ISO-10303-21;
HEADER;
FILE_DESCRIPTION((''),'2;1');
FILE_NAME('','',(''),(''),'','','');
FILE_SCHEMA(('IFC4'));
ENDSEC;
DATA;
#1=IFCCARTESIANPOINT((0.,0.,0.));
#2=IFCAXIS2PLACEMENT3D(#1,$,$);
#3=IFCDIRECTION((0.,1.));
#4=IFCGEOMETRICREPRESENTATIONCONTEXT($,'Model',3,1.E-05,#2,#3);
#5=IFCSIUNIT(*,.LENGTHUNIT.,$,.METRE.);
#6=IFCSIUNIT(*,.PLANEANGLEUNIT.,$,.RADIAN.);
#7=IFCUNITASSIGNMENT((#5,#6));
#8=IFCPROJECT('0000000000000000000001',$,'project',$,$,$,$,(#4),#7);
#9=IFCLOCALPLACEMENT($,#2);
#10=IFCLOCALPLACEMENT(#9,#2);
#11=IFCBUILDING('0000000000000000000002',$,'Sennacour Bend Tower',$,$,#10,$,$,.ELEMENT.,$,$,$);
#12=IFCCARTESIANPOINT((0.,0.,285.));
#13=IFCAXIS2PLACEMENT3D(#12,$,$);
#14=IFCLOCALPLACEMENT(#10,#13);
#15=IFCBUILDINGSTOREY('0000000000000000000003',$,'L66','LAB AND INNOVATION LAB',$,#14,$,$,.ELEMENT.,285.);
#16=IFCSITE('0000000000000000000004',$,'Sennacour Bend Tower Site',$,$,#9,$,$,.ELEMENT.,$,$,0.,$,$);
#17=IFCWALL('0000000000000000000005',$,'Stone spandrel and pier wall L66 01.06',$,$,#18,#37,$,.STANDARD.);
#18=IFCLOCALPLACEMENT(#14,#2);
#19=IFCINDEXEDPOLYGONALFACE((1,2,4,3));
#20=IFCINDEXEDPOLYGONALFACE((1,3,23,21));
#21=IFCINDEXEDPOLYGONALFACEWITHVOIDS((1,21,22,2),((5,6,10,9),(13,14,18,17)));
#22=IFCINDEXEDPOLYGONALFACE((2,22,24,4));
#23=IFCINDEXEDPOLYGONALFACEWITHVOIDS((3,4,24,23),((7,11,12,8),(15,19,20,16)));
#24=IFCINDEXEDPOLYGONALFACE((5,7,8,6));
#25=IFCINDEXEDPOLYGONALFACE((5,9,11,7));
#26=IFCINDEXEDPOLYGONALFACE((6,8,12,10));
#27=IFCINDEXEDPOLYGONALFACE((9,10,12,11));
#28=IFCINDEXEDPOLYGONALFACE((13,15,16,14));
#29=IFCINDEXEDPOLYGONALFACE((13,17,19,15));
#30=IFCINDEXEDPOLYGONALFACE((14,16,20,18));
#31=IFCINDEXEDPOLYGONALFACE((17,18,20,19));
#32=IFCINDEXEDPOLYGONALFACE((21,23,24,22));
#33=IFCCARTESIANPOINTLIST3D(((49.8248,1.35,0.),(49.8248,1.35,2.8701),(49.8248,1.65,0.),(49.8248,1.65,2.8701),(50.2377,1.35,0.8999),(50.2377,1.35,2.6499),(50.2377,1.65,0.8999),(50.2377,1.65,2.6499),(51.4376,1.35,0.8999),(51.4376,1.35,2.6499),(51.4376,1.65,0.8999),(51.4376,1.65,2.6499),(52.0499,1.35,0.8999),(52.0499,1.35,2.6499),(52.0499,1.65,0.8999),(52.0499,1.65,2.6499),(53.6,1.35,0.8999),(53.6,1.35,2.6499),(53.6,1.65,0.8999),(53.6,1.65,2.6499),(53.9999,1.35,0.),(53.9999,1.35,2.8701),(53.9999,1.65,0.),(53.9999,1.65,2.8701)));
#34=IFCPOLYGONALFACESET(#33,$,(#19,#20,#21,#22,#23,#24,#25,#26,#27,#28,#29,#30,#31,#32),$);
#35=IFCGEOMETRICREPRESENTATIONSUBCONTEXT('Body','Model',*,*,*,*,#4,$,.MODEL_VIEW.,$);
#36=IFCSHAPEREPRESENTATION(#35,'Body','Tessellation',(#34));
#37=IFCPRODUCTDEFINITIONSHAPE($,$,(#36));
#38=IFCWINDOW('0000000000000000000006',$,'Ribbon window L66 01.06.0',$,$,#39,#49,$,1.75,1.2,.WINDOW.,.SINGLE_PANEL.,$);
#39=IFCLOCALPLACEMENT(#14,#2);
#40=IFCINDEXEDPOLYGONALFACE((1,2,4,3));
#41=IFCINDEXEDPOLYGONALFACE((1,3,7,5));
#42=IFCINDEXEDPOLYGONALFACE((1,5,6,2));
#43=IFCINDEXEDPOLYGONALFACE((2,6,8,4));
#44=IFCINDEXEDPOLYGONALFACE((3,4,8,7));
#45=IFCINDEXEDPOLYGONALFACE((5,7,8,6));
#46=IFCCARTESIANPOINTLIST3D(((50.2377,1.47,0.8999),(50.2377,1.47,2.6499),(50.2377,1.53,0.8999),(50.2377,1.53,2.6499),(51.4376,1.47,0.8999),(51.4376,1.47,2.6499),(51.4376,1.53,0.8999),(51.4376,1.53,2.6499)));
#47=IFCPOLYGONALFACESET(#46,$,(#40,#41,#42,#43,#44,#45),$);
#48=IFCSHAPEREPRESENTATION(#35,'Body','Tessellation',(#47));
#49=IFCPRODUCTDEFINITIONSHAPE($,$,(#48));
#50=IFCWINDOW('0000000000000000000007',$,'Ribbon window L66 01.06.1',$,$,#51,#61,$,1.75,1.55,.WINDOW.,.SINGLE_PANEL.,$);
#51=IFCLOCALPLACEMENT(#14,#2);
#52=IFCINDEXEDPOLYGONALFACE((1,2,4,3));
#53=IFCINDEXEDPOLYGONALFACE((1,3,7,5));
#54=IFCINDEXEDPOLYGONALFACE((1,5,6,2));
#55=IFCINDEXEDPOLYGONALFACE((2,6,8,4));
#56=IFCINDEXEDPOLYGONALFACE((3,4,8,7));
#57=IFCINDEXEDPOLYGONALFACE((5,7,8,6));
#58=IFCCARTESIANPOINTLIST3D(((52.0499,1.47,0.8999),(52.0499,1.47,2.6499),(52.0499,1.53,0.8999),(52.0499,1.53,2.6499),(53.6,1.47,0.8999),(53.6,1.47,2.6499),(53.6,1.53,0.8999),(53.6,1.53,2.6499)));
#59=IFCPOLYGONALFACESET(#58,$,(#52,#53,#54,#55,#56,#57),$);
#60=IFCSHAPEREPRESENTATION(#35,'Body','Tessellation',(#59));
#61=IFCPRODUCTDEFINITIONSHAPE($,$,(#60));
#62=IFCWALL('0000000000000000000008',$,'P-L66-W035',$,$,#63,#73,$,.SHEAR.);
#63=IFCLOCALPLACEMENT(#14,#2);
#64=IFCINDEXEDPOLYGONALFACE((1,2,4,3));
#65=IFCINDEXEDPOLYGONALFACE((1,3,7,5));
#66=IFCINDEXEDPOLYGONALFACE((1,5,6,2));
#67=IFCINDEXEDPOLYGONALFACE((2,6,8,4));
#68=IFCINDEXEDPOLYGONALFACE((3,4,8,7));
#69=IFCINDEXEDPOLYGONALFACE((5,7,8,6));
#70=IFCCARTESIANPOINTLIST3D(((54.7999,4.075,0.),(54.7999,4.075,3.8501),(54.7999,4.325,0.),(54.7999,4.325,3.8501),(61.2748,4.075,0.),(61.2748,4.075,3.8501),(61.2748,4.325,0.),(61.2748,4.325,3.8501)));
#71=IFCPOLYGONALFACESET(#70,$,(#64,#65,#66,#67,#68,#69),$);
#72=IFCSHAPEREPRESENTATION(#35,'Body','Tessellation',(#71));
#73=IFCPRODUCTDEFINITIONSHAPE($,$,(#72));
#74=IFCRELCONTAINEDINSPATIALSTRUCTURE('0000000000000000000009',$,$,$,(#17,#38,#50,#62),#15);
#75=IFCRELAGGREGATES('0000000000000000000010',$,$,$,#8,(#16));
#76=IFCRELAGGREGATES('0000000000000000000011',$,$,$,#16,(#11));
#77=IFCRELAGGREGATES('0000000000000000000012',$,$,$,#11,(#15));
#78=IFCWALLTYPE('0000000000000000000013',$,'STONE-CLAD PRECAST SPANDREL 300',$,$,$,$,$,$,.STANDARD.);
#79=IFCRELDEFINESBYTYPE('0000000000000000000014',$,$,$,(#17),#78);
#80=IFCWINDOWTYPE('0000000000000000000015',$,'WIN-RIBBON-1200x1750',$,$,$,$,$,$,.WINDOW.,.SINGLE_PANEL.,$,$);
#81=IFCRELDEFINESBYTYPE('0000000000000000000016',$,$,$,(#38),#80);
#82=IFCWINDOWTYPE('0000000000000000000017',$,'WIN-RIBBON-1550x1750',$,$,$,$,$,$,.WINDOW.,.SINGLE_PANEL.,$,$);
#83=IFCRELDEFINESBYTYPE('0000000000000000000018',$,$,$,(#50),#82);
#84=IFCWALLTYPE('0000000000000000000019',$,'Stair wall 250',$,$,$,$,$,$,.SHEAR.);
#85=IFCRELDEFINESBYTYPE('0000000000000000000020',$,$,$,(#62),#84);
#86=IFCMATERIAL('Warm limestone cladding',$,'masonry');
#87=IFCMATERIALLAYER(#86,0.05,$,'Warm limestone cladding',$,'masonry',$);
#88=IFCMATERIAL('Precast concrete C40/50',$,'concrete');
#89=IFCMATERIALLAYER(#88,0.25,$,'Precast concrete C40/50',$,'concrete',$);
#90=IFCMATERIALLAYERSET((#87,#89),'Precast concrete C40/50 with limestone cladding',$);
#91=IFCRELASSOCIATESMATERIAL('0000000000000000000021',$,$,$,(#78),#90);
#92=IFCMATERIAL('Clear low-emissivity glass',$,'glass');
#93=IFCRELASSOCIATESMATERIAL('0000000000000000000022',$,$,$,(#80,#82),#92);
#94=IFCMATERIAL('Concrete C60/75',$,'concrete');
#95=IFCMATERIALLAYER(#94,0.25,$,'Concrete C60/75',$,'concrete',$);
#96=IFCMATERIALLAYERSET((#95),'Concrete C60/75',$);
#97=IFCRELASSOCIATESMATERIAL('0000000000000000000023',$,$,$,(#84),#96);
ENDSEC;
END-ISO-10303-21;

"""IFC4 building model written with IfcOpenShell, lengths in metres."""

from ifc_helpers import new_model, si_unit, direction, frame, frame_2d, origin, place, context, subcontext, project, spatial, rectangle, extrude, material, layer, layer_set, type_object, element, fill, save


model = new_model("IFC4")

# Units and contexts
model_context = context("Model", 3, precision=1e-05, world=origin(), true_north=direction((0.0, 1.0)))
body_context = subcontext(model_context, "Body", "Model", "MODEL_VIEW")
ifc_project = project(units=[si_unit("LENGTHUNIT", "METRE"), si_unit("PLANEANGLEUNIT", "RADIAN")], contexts=[model_context])

# Site, building, storey
site_placement = place(None, origin())
site = spatial("IfcSite", under=ifc_project, at=site_placement, Name="Sennacour Bend Tower Site", CompositionType="ELEMENT", RefElevation=0.0)
building_placement = place(site_placement, origin())
building = spatial("IfcBuilding", under=site, at=building_placement, Name="Sennacour Bend Tower", CompositionType="ELEMENT")
storey_placement = place(building_placement, frame((0.0, 0.0, 285.0)))
storey = spatial("IfcBuildingStorey", under=building, at=storey_placement, Name="L66", Description="LAB AND INNOVATION LAB", CompositionType="ELEMENT", Elevation=285.0)

# Wall, openings, windows
ifc_material_1 = material(Name="Warm limestone cladding", Category="masonry")
ifc_layer_1 = layer(ifc_material_1, 0.05, Name="Warm limestone cladding", Category="masonry")
ifc_material_2 = material(Name="Precast concrete C40/50", Category="concrete")
ifc_layer_2 = layer(ifc_material_2, 0.25, Name="Precast concrete C40/50", Category="concrete")
ifc_layer_set_1 = layer_set([ifc_layer_1, ifc_layer_2], Name="Precast concrete C40/50 with limestone cladding")
wall_type_1 = type_object("IfcWallType", Name="STONE-CLAD PRECAST SPANDREL 300", PredefinedType="STANDARD", material=ifc_layer_set_1)
wall_1_placement = place(storey_placement, frame((49.825, 1.5, 0.0), z_axis=(0.0, 0.0, 1.0), x_axis=(1.0, 0.0, 0.0)))
wall_1 = element("IfcWall", 1, at=wall_1_placement, inside=storey, type_object=wall_type_1, Name="Stone spandrel and pier wall L66 01.06", PredefinedType="STANDARD", context=body_context, shape_type="SweptSolid", body=[
    extrude(rectangle(XDim=4.175, YDim=0.3, at=frame_2d((2.0874, 0.0))), origin(), (0.0, 0.0, 1.0), 2.8701),
])
opening_1_placement = place(wall_1_placement, frame((0.4126, 0.0, 0.8999)))
opening_1 = element("IfcOpeningElement", 2, at=opening_1_placement, cuts=wall_1, PredefinedType="OPENING", context=body_context, shape_type="SweptSolid", body=[
    extrude(rectangle(XDim=1.2, YDim=1.75, at=frame_2d((0.6001, 0.875))), frame((0.0, 0.1602, 0.0), z_axis=(0.0, -1.0, 0.0), x_axis=(1.0, 0.0, 0.0)), (0.0, 0.0, 1.0), 0.3201),
])
opening_2_placement = place(wall_1_placement, frame((2.2251, 0.0, 0.8999)))
opening_2 = element("IfcOpeningElement", 3, at=opening_2_placement, cuts=wall_1, PredefinedType="OPENING", context=body_context, shape_type="SweptSolid", body=[
    extrude(rectangle(XDim=1.55, YDim=1.75, at=frame_2d((0.7749, 0.875))), frame((0.0, 0.1602, 0.0), z_axis=(0.0, -1.0, 0.0), x_axis=(1.0, 0.0, 0.0)), (0.0, 0.0, 1.0), 0.3201),
])
ifc_material_3 = material(Name="Clear low-emissivity glass", Category="glass")
window_type_1 = type_object("IfcWindowType", Name="WIN-RIBBON-1200x1750", PartitioningType="SINGLE_PANEL", PredefinedType="WINDOW", material=ifc_material_3)
window_1_placement = place(opening_1_placement, origin())
window_1 = element("IfcWindow", 4, at=window_1_placement, inside=storey, type_object=window_type_1, Name="Ribbon window L66 01.06.0", OverallHeight=1.75, OverallWidth=1.2, PartitioningType="SINGLE_PANEL", PredefinedType="WINDOW", context=body_context, shape_type="SweptSolid", body=[
    extrude(rectangle(XDim=1.2, YDim=1.75, at=frame_2d((0.6001, 0.875))), frame((0.0, 0.03, 0.0), z_axis=(0.0, -1.0, 0.0), x_axis=(1.0, 0.0, 0.0)), (0.0, 0.0, 1.0), 0.0601),
])
fill(opening_1, window_1)
window_type_2 = type_object("IfcWindowType", Name="WIN-RIBBON-1550x1750", PartitioningType="SINGLE_PANEL", PredefinedType="WINDOW", material=ifc_material_3)
window_2_placement = place(opening_2_placement, origin())
window_2 = element("IfcWindow", 5, at=window_2_placement, inside=storey, type_object=window_type_2, Name="Ribbon window L66 01.06.1", OverallHeight=1.75, OverallWidth=1.55, PartitioningType="SINGLE_PANEL", PredefinedType="WINDOW", context=body_context, shape_type="SweptSolid", body=[
    extrude(rectangle(XDim=1.55, YDim=1.75, at=frame_2d((0.7749, 0.875))), frame((0.0, 0.03, 0.0), z_axis=(0.0, -1.0, 0.0), x_axis=(1.0, 0.0, 0.0)), (0.0, 0.0, 1.0), 0.0601),
])
fill(opening_2, window_2)

# Wall
ifc_material_4 = material(Name="Concrete C60/75", Category="concrete")
ifc_layer_3 = layer(ifc_material_4, 0.25, Name="Concrete C60/75", Category="concrete")
ifc_layer_set_2 = layer_set([ifc_layer_3], Name="Concrete C60/75")
wall_type_2 = type_object("IfcWallType", Name="Stair wall 250", PredefinedType="SHEAR", material=ifc_layer_set_2)
wall_2_placement = place(storey_placement, frame((54.8, 4.2, 0.0), z_axis=(0.0, 0.0, 1.0), x_axis=(1.0, 0.0, 0.0)))
element("IfcWall", 6, at=wall_2_placement, inside=storey, type_object=wall_type_2, Name="P-L66-W035", PredefinedType="SHEAR", context=body_context, shape_type="SweptSolid", body=[
    extrude(rectangle(XDim=6.4749, YDim=0.25, at=frame_2d((3.2373, 0.0))), origin(), (0.0, 0.0, 1.0), 3.8501),
])

save(model, "model.ifc")
